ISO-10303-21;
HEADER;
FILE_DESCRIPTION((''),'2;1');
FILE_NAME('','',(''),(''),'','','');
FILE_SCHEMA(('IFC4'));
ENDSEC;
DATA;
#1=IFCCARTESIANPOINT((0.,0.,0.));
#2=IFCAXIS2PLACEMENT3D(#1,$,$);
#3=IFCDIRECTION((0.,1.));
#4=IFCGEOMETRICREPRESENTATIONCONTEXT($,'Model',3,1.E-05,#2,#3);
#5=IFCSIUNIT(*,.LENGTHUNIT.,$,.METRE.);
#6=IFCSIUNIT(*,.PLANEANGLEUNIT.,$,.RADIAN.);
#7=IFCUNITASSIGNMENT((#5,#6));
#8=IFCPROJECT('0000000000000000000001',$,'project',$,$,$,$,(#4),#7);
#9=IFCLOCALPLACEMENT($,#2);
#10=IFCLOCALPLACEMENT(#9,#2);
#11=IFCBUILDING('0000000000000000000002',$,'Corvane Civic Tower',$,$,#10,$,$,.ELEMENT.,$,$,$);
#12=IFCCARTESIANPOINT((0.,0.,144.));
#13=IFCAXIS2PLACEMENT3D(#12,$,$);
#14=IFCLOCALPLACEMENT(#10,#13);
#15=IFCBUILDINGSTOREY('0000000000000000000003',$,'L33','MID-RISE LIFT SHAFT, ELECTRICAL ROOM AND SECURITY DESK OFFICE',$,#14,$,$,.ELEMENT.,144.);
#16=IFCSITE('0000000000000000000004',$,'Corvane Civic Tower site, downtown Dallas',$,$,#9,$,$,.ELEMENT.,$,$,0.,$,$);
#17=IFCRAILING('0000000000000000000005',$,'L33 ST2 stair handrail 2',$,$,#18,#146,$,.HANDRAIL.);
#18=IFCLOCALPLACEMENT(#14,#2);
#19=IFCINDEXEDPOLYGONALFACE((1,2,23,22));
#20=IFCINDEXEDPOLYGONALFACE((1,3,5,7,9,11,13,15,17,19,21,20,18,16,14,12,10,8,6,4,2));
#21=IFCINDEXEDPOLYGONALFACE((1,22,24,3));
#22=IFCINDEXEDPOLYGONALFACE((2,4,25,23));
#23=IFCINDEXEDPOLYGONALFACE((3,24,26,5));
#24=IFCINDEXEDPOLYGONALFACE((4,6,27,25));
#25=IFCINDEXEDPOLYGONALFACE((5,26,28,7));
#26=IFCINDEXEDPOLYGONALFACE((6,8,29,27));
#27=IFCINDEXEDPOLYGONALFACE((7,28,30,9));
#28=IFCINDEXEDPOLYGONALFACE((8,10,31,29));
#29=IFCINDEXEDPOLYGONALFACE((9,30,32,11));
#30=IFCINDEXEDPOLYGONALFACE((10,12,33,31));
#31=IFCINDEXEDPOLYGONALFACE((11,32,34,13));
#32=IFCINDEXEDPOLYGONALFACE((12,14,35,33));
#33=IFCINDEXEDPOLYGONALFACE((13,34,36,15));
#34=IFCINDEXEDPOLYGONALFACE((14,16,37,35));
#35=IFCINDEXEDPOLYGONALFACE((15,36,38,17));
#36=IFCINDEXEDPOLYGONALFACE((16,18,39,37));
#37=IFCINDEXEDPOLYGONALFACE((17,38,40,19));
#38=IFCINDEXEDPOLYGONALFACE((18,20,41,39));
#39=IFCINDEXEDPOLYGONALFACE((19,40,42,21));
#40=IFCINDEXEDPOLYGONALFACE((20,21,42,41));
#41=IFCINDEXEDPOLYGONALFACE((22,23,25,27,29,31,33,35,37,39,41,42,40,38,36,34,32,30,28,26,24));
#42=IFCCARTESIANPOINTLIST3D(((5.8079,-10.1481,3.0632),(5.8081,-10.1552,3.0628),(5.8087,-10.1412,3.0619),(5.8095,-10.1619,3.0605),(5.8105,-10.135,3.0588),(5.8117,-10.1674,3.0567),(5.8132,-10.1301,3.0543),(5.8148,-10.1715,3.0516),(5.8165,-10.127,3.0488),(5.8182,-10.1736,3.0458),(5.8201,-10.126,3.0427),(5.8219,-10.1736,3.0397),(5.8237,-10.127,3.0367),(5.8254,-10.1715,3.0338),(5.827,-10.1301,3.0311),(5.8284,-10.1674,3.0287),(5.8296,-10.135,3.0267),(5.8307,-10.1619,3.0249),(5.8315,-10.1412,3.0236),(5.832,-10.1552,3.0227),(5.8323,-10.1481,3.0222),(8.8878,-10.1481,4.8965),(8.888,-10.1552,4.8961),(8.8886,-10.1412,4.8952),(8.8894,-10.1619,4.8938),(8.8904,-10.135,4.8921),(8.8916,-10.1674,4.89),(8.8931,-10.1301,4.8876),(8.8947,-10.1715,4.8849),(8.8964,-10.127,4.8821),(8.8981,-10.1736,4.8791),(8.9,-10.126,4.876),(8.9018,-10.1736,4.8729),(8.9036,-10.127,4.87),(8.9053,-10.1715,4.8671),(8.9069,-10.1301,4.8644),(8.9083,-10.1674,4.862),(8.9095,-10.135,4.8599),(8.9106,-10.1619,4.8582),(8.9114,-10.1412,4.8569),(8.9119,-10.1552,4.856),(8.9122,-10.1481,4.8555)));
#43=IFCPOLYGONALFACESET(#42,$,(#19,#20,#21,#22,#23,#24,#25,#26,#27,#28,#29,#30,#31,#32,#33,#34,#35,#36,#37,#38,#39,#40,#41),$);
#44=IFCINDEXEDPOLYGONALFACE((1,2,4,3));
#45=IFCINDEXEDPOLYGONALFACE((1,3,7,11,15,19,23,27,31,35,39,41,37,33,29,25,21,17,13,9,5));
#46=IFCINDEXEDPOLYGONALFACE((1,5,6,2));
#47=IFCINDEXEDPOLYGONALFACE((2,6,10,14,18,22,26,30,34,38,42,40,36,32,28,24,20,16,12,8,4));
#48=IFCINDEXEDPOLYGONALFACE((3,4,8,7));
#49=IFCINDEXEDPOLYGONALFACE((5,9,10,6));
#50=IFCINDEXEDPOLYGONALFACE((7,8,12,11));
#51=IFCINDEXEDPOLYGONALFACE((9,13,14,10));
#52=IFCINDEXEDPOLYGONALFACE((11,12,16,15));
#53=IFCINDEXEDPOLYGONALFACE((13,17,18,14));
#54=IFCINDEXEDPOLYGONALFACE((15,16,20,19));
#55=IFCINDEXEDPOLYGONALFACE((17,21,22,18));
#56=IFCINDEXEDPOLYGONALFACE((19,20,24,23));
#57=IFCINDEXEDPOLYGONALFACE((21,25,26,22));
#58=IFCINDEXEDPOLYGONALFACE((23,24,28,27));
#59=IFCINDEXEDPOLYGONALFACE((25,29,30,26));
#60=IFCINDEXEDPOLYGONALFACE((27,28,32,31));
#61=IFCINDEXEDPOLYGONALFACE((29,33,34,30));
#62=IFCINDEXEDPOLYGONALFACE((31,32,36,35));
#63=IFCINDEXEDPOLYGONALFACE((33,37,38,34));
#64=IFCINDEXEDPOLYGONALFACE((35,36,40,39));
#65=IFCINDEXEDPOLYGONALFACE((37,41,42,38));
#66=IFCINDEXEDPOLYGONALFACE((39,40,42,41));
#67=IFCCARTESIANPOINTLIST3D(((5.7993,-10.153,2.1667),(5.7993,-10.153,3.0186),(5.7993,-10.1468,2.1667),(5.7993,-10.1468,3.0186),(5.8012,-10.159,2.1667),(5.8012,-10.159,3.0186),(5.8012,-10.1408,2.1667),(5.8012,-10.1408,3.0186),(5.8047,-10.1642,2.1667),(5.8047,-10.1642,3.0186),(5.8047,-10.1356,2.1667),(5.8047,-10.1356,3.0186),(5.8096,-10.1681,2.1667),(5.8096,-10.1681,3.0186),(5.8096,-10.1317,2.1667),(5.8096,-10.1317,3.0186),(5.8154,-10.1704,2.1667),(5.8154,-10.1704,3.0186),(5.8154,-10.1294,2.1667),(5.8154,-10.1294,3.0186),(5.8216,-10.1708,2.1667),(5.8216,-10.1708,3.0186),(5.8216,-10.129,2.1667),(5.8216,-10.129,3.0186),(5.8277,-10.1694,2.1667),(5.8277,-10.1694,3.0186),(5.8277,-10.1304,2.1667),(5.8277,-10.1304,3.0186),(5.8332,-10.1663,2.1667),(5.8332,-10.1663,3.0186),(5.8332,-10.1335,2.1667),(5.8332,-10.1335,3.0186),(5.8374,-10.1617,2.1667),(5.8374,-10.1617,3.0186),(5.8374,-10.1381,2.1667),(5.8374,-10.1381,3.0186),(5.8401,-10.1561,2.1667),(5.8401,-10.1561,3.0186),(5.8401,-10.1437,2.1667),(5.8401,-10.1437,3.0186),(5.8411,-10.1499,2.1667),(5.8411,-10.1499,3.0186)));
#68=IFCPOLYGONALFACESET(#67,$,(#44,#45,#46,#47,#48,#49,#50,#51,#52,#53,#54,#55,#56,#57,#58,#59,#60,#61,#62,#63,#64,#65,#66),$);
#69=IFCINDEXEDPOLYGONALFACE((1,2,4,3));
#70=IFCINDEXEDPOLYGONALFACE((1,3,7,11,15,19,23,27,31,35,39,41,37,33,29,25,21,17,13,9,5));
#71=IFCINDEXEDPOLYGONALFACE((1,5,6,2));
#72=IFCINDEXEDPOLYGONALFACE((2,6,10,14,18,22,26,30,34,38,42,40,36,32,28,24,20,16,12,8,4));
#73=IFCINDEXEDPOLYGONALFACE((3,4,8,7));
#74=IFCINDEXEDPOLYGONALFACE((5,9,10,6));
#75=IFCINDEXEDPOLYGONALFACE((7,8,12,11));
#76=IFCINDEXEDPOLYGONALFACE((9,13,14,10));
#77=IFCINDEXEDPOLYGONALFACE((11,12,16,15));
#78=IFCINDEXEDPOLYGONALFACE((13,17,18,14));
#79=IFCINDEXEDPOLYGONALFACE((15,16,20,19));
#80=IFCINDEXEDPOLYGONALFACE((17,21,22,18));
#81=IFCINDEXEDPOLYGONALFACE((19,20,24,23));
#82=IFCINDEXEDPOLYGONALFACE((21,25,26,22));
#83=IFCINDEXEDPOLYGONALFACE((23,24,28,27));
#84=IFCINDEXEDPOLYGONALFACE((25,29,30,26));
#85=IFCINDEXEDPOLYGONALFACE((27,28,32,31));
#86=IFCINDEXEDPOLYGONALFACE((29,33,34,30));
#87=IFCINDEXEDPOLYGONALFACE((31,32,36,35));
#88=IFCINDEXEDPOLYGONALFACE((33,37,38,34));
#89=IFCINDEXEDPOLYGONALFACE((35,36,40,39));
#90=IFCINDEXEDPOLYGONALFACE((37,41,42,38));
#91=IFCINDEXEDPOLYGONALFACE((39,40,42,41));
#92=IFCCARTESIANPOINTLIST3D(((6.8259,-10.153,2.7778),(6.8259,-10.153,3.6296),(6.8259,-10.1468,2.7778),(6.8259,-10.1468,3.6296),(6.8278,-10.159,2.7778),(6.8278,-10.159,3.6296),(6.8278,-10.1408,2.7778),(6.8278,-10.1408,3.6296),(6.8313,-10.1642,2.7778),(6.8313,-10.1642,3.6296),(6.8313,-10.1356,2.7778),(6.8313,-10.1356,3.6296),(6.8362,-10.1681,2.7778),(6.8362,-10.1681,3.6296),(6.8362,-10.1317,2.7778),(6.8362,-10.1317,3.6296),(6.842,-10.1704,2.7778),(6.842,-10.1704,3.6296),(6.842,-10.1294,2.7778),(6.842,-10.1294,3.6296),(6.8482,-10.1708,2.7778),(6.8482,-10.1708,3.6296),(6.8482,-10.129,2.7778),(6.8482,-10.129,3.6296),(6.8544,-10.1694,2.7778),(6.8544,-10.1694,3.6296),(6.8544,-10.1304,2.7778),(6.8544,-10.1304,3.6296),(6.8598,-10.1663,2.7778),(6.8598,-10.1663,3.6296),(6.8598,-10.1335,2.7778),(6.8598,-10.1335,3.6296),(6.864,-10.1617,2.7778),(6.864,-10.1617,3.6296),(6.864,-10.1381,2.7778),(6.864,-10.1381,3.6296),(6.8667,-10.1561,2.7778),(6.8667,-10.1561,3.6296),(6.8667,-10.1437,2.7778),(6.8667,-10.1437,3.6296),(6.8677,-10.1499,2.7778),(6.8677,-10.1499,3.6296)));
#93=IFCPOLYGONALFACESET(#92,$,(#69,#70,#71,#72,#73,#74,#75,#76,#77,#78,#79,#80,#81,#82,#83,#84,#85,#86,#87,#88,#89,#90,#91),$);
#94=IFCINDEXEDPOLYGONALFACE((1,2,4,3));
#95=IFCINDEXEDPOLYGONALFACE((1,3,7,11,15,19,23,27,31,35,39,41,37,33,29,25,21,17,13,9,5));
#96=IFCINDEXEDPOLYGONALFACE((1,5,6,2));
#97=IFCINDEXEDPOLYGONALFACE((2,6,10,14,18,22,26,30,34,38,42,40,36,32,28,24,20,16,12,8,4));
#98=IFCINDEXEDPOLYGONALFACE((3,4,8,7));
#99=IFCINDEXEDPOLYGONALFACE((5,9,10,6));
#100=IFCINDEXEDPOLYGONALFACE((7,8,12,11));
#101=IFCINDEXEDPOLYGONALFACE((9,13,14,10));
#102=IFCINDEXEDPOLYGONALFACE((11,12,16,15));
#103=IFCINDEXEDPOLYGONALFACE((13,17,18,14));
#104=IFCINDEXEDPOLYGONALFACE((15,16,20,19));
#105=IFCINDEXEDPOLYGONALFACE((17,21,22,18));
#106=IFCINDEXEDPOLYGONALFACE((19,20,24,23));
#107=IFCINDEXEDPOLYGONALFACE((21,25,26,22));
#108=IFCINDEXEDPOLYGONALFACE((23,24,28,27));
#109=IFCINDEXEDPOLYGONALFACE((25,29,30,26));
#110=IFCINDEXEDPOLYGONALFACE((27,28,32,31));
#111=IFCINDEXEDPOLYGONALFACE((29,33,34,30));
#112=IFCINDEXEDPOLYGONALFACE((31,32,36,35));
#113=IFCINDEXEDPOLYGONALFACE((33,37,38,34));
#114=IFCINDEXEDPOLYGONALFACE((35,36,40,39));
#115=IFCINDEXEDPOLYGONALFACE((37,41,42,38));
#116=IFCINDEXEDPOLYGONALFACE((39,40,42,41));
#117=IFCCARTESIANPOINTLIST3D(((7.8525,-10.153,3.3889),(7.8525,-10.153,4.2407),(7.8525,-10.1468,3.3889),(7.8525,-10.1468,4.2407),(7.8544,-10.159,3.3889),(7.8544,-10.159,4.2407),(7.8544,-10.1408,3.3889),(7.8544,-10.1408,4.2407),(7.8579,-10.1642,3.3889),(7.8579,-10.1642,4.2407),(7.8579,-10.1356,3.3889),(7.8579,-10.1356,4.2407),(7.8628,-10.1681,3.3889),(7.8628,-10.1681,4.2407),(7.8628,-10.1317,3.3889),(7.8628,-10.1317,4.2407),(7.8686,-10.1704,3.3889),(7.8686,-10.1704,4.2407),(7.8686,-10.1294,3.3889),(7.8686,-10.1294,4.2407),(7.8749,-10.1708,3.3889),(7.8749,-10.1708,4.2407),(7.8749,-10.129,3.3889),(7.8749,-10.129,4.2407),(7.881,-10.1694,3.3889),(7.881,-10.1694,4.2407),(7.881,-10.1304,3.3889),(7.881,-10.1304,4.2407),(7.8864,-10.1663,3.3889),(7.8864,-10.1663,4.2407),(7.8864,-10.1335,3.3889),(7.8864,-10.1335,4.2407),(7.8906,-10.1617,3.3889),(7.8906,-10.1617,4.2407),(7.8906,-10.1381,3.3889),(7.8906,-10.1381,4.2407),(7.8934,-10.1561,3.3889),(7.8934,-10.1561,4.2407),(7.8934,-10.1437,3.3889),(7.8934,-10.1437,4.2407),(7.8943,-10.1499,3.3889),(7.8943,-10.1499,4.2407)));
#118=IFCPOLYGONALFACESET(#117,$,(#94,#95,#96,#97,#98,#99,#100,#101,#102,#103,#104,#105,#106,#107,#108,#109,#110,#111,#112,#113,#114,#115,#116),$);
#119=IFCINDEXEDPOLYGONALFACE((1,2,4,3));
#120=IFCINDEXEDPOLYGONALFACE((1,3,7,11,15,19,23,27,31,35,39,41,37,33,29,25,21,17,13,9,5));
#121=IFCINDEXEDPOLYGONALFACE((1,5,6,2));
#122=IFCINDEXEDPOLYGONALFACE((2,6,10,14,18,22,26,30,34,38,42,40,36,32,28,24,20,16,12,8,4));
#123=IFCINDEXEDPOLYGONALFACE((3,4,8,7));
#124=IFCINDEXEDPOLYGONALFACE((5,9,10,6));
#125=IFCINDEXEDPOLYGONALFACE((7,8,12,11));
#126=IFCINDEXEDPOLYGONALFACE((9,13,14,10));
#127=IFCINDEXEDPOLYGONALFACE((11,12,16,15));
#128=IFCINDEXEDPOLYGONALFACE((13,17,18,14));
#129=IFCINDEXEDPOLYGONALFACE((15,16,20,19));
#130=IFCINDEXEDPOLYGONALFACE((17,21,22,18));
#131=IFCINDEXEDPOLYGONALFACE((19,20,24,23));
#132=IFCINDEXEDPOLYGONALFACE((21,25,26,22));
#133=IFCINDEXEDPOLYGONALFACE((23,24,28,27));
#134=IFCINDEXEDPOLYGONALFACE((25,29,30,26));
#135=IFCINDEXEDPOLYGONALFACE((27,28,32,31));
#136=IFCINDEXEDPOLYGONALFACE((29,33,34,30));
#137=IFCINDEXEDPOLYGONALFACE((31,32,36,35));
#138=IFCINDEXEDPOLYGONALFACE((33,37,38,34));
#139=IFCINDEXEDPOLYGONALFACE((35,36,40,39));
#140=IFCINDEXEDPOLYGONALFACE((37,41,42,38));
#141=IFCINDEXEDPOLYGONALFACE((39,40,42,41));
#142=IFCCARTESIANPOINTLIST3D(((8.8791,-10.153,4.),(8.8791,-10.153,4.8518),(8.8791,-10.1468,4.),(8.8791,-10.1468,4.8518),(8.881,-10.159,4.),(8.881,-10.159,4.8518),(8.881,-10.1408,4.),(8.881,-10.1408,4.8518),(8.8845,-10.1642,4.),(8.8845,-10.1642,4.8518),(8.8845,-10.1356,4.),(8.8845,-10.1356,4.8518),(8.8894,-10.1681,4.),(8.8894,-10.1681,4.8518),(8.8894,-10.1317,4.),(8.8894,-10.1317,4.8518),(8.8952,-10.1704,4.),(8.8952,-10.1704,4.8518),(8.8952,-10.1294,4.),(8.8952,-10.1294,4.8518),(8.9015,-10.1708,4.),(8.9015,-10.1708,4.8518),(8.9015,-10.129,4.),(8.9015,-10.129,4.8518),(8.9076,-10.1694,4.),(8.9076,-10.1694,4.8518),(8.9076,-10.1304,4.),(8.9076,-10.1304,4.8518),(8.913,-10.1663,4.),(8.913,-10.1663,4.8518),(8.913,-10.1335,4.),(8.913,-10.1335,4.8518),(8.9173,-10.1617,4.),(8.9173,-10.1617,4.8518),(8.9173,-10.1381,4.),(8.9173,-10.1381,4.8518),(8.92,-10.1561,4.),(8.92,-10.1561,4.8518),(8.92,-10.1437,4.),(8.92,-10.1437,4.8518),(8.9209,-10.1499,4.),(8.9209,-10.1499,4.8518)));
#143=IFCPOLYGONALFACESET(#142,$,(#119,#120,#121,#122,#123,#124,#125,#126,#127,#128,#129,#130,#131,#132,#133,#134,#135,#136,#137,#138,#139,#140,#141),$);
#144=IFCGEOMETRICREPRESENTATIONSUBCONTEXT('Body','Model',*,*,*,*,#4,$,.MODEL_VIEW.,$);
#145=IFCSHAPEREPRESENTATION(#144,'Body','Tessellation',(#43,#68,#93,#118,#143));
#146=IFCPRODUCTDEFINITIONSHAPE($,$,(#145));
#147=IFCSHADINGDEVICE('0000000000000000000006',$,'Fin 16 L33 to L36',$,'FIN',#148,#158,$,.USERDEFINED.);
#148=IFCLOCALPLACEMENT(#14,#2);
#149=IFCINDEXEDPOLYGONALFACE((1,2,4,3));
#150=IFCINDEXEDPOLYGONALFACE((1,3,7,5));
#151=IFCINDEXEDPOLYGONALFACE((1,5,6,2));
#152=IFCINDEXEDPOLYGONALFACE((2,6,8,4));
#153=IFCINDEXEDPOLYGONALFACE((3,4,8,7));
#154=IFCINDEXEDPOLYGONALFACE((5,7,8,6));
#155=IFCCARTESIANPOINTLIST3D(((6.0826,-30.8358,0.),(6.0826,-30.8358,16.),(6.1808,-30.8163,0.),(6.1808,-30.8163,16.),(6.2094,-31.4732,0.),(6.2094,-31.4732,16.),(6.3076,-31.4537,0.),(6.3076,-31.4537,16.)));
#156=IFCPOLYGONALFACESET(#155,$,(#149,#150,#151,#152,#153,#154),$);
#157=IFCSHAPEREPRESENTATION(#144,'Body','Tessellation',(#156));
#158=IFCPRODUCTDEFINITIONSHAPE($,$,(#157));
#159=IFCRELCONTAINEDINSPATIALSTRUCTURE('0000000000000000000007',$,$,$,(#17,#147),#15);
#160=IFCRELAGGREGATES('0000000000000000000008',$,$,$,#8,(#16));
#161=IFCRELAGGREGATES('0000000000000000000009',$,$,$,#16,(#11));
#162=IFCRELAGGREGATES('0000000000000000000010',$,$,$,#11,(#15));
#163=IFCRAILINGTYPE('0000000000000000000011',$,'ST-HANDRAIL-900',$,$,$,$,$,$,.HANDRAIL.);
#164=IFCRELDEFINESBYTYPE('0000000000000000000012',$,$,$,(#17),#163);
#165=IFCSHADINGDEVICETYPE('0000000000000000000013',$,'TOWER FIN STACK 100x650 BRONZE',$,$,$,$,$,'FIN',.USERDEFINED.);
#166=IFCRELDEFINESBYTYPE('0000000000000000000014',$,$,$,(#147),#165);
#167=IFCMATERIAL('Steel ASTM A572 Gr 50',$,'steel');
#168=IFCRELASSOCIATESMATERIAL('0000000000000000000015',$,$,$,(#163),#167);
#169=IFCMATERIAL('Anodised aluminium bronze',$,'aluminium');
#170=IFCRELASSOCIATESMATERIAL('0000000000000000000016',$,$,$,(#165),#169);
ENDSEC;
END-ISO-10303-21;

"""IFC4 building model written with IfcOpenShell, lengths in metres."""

from ifc_helpers import new_model, si_unit, direction, frame, origin, origin_2d, place, context, subcontext, project, spatial, rectangle, circle, extrude, material, material_profile, profile_set, type_object, element, save


model = new_model("IFC4")

# Units and contexts
model_context = context("Model", 3, precision=1e-05, world=origin(), true_north=direction((0.0, 1.0)))
body_context = subcontext(model_context, "Body", "Model", "MODEL_VIEW")
ifc_project = project(units=[si_unit("LENGTHUNIT", "METRE"), si_unit("PLANEANGLEUNIT", "RADIAN")], contexts=[model_context])

# Site, building, storey
site_placement = place(None, origin())
site = spatial("IfcSite", under=ifc_project, at=site_placement, Name="Corvane Civic Tower site, downtown Dallas", CompositionType="ELEMENT", RefElevation=0.0)
building_placement = place(site_placement, origin())
building = spatial("IfcBuilding", under=site, at=building_placement, Name="Corvane Civic Tower", CompositionType="ELEMENT")
storey_placement = place(building_placement, frame((0.0, 0.0, 144.0)))
storey = spatial("IfcBuildingStorey", under=building, at=storey_placement, Name="L33", Description="MID-RISE LIFT SHAFT, ELECTRICAL ROOM AND SECURITY DESK OFFICE", CompositionType="ELEMENT", Elevation=144.0)

# Railing
ifc_material_1 = material(Name="Steel ASTM A572 Gr 50", Category="steel")
railing_type_1 = type_object("IfcRailingType", Name="ST-HANDRAIL-900", PredefinedType="HANDRAIL", material=ifc_material_1)
railing_1_placement = place(storey_placement, frame((5.8201, -10.1499, 2.1667)))
element("IfcRailing", 1, at=railing_1_placement, inside=storey, type_object=railing_type_1, Name="L33 ST2 stair handrail 2", PredefinedType="HANDRAIL", context=body_context, shape_type="SweptSolid", body=[
    extrude(circle(Radius=0.0239, at=origin_2d()), frame((0.0, 0.0, 0.876), z_axis=(0.859291, 0.0, 0.511487), x_axis=(0.0, 1.0, 0.0)), (0.0, 0.0, 1.0), 3.5842),
    extrude(circle(Radius=0.021, at=origin_2d()), origin(), (0.0, 0.0, 1.0), 0.8518),
    extrude(circle(Radius=0.021, at=origin_2d()), frame((1.0266, 0.0, 0.6111)), (0.0, 0.0, 1.0), 0.8518),
    extrude(circle(Radius=0.021, at=origin_2d()), frame((2.0532, 0.0, 1.2222)), (0.0, 0.0, 1.0), 0.8518),
    extrude(circle(Radius=0.021, at=origin_2d()), frame((3.0798, 0.0, 1.8333)), (0.0, 0.0, 1.0), 0.8518),
])

# Shading device
ifc_material_2 = material(Name="Anodised aluminium bronze", Category="aluminium")
ifc_material_profile_1 = material_profile(ifc_material_2, rectangle(XDim=0.1001, YDim=0.6499, at=origin_2d()), Name="TOWER FIN STACK 100x650 BRONZE")
ifc_profile_set_1 = profile_set([ifc_material_profile_1], Name="Anodised aluminium bronze")
shading_device_type = type_object("IfcShadingDeviceType", Name="TOWER FIN STACK 100x650 BRONZE", ElementType="FIN", PredefinedType="USERDEFINED", material=ifc_profile_set_1)
shading_device_placement = place(storey_placement, frame((6.1951, -31.1448, 0.0), z_axis=(0.0, 0.0, 1.0), x_axis=(-0.980785, -0.19509, 0.0)))
element("IfcShadingDevice", 2, at=shading_device_placement, inside=storey, type_object=shading_device_type, Name="Fin 16 L33 to L36", ObjectType="FIN", PredefinedType="USERDEFINED", context=body_context, shape_type="SweptSolid", body=[
    extrude(rectangle(XDim=0.1001, YDim=0.6499, at=origin_2d()), origin(), (0.0, 0.0, 1.0), 16.0),
])

save(model, "model.ifc")
